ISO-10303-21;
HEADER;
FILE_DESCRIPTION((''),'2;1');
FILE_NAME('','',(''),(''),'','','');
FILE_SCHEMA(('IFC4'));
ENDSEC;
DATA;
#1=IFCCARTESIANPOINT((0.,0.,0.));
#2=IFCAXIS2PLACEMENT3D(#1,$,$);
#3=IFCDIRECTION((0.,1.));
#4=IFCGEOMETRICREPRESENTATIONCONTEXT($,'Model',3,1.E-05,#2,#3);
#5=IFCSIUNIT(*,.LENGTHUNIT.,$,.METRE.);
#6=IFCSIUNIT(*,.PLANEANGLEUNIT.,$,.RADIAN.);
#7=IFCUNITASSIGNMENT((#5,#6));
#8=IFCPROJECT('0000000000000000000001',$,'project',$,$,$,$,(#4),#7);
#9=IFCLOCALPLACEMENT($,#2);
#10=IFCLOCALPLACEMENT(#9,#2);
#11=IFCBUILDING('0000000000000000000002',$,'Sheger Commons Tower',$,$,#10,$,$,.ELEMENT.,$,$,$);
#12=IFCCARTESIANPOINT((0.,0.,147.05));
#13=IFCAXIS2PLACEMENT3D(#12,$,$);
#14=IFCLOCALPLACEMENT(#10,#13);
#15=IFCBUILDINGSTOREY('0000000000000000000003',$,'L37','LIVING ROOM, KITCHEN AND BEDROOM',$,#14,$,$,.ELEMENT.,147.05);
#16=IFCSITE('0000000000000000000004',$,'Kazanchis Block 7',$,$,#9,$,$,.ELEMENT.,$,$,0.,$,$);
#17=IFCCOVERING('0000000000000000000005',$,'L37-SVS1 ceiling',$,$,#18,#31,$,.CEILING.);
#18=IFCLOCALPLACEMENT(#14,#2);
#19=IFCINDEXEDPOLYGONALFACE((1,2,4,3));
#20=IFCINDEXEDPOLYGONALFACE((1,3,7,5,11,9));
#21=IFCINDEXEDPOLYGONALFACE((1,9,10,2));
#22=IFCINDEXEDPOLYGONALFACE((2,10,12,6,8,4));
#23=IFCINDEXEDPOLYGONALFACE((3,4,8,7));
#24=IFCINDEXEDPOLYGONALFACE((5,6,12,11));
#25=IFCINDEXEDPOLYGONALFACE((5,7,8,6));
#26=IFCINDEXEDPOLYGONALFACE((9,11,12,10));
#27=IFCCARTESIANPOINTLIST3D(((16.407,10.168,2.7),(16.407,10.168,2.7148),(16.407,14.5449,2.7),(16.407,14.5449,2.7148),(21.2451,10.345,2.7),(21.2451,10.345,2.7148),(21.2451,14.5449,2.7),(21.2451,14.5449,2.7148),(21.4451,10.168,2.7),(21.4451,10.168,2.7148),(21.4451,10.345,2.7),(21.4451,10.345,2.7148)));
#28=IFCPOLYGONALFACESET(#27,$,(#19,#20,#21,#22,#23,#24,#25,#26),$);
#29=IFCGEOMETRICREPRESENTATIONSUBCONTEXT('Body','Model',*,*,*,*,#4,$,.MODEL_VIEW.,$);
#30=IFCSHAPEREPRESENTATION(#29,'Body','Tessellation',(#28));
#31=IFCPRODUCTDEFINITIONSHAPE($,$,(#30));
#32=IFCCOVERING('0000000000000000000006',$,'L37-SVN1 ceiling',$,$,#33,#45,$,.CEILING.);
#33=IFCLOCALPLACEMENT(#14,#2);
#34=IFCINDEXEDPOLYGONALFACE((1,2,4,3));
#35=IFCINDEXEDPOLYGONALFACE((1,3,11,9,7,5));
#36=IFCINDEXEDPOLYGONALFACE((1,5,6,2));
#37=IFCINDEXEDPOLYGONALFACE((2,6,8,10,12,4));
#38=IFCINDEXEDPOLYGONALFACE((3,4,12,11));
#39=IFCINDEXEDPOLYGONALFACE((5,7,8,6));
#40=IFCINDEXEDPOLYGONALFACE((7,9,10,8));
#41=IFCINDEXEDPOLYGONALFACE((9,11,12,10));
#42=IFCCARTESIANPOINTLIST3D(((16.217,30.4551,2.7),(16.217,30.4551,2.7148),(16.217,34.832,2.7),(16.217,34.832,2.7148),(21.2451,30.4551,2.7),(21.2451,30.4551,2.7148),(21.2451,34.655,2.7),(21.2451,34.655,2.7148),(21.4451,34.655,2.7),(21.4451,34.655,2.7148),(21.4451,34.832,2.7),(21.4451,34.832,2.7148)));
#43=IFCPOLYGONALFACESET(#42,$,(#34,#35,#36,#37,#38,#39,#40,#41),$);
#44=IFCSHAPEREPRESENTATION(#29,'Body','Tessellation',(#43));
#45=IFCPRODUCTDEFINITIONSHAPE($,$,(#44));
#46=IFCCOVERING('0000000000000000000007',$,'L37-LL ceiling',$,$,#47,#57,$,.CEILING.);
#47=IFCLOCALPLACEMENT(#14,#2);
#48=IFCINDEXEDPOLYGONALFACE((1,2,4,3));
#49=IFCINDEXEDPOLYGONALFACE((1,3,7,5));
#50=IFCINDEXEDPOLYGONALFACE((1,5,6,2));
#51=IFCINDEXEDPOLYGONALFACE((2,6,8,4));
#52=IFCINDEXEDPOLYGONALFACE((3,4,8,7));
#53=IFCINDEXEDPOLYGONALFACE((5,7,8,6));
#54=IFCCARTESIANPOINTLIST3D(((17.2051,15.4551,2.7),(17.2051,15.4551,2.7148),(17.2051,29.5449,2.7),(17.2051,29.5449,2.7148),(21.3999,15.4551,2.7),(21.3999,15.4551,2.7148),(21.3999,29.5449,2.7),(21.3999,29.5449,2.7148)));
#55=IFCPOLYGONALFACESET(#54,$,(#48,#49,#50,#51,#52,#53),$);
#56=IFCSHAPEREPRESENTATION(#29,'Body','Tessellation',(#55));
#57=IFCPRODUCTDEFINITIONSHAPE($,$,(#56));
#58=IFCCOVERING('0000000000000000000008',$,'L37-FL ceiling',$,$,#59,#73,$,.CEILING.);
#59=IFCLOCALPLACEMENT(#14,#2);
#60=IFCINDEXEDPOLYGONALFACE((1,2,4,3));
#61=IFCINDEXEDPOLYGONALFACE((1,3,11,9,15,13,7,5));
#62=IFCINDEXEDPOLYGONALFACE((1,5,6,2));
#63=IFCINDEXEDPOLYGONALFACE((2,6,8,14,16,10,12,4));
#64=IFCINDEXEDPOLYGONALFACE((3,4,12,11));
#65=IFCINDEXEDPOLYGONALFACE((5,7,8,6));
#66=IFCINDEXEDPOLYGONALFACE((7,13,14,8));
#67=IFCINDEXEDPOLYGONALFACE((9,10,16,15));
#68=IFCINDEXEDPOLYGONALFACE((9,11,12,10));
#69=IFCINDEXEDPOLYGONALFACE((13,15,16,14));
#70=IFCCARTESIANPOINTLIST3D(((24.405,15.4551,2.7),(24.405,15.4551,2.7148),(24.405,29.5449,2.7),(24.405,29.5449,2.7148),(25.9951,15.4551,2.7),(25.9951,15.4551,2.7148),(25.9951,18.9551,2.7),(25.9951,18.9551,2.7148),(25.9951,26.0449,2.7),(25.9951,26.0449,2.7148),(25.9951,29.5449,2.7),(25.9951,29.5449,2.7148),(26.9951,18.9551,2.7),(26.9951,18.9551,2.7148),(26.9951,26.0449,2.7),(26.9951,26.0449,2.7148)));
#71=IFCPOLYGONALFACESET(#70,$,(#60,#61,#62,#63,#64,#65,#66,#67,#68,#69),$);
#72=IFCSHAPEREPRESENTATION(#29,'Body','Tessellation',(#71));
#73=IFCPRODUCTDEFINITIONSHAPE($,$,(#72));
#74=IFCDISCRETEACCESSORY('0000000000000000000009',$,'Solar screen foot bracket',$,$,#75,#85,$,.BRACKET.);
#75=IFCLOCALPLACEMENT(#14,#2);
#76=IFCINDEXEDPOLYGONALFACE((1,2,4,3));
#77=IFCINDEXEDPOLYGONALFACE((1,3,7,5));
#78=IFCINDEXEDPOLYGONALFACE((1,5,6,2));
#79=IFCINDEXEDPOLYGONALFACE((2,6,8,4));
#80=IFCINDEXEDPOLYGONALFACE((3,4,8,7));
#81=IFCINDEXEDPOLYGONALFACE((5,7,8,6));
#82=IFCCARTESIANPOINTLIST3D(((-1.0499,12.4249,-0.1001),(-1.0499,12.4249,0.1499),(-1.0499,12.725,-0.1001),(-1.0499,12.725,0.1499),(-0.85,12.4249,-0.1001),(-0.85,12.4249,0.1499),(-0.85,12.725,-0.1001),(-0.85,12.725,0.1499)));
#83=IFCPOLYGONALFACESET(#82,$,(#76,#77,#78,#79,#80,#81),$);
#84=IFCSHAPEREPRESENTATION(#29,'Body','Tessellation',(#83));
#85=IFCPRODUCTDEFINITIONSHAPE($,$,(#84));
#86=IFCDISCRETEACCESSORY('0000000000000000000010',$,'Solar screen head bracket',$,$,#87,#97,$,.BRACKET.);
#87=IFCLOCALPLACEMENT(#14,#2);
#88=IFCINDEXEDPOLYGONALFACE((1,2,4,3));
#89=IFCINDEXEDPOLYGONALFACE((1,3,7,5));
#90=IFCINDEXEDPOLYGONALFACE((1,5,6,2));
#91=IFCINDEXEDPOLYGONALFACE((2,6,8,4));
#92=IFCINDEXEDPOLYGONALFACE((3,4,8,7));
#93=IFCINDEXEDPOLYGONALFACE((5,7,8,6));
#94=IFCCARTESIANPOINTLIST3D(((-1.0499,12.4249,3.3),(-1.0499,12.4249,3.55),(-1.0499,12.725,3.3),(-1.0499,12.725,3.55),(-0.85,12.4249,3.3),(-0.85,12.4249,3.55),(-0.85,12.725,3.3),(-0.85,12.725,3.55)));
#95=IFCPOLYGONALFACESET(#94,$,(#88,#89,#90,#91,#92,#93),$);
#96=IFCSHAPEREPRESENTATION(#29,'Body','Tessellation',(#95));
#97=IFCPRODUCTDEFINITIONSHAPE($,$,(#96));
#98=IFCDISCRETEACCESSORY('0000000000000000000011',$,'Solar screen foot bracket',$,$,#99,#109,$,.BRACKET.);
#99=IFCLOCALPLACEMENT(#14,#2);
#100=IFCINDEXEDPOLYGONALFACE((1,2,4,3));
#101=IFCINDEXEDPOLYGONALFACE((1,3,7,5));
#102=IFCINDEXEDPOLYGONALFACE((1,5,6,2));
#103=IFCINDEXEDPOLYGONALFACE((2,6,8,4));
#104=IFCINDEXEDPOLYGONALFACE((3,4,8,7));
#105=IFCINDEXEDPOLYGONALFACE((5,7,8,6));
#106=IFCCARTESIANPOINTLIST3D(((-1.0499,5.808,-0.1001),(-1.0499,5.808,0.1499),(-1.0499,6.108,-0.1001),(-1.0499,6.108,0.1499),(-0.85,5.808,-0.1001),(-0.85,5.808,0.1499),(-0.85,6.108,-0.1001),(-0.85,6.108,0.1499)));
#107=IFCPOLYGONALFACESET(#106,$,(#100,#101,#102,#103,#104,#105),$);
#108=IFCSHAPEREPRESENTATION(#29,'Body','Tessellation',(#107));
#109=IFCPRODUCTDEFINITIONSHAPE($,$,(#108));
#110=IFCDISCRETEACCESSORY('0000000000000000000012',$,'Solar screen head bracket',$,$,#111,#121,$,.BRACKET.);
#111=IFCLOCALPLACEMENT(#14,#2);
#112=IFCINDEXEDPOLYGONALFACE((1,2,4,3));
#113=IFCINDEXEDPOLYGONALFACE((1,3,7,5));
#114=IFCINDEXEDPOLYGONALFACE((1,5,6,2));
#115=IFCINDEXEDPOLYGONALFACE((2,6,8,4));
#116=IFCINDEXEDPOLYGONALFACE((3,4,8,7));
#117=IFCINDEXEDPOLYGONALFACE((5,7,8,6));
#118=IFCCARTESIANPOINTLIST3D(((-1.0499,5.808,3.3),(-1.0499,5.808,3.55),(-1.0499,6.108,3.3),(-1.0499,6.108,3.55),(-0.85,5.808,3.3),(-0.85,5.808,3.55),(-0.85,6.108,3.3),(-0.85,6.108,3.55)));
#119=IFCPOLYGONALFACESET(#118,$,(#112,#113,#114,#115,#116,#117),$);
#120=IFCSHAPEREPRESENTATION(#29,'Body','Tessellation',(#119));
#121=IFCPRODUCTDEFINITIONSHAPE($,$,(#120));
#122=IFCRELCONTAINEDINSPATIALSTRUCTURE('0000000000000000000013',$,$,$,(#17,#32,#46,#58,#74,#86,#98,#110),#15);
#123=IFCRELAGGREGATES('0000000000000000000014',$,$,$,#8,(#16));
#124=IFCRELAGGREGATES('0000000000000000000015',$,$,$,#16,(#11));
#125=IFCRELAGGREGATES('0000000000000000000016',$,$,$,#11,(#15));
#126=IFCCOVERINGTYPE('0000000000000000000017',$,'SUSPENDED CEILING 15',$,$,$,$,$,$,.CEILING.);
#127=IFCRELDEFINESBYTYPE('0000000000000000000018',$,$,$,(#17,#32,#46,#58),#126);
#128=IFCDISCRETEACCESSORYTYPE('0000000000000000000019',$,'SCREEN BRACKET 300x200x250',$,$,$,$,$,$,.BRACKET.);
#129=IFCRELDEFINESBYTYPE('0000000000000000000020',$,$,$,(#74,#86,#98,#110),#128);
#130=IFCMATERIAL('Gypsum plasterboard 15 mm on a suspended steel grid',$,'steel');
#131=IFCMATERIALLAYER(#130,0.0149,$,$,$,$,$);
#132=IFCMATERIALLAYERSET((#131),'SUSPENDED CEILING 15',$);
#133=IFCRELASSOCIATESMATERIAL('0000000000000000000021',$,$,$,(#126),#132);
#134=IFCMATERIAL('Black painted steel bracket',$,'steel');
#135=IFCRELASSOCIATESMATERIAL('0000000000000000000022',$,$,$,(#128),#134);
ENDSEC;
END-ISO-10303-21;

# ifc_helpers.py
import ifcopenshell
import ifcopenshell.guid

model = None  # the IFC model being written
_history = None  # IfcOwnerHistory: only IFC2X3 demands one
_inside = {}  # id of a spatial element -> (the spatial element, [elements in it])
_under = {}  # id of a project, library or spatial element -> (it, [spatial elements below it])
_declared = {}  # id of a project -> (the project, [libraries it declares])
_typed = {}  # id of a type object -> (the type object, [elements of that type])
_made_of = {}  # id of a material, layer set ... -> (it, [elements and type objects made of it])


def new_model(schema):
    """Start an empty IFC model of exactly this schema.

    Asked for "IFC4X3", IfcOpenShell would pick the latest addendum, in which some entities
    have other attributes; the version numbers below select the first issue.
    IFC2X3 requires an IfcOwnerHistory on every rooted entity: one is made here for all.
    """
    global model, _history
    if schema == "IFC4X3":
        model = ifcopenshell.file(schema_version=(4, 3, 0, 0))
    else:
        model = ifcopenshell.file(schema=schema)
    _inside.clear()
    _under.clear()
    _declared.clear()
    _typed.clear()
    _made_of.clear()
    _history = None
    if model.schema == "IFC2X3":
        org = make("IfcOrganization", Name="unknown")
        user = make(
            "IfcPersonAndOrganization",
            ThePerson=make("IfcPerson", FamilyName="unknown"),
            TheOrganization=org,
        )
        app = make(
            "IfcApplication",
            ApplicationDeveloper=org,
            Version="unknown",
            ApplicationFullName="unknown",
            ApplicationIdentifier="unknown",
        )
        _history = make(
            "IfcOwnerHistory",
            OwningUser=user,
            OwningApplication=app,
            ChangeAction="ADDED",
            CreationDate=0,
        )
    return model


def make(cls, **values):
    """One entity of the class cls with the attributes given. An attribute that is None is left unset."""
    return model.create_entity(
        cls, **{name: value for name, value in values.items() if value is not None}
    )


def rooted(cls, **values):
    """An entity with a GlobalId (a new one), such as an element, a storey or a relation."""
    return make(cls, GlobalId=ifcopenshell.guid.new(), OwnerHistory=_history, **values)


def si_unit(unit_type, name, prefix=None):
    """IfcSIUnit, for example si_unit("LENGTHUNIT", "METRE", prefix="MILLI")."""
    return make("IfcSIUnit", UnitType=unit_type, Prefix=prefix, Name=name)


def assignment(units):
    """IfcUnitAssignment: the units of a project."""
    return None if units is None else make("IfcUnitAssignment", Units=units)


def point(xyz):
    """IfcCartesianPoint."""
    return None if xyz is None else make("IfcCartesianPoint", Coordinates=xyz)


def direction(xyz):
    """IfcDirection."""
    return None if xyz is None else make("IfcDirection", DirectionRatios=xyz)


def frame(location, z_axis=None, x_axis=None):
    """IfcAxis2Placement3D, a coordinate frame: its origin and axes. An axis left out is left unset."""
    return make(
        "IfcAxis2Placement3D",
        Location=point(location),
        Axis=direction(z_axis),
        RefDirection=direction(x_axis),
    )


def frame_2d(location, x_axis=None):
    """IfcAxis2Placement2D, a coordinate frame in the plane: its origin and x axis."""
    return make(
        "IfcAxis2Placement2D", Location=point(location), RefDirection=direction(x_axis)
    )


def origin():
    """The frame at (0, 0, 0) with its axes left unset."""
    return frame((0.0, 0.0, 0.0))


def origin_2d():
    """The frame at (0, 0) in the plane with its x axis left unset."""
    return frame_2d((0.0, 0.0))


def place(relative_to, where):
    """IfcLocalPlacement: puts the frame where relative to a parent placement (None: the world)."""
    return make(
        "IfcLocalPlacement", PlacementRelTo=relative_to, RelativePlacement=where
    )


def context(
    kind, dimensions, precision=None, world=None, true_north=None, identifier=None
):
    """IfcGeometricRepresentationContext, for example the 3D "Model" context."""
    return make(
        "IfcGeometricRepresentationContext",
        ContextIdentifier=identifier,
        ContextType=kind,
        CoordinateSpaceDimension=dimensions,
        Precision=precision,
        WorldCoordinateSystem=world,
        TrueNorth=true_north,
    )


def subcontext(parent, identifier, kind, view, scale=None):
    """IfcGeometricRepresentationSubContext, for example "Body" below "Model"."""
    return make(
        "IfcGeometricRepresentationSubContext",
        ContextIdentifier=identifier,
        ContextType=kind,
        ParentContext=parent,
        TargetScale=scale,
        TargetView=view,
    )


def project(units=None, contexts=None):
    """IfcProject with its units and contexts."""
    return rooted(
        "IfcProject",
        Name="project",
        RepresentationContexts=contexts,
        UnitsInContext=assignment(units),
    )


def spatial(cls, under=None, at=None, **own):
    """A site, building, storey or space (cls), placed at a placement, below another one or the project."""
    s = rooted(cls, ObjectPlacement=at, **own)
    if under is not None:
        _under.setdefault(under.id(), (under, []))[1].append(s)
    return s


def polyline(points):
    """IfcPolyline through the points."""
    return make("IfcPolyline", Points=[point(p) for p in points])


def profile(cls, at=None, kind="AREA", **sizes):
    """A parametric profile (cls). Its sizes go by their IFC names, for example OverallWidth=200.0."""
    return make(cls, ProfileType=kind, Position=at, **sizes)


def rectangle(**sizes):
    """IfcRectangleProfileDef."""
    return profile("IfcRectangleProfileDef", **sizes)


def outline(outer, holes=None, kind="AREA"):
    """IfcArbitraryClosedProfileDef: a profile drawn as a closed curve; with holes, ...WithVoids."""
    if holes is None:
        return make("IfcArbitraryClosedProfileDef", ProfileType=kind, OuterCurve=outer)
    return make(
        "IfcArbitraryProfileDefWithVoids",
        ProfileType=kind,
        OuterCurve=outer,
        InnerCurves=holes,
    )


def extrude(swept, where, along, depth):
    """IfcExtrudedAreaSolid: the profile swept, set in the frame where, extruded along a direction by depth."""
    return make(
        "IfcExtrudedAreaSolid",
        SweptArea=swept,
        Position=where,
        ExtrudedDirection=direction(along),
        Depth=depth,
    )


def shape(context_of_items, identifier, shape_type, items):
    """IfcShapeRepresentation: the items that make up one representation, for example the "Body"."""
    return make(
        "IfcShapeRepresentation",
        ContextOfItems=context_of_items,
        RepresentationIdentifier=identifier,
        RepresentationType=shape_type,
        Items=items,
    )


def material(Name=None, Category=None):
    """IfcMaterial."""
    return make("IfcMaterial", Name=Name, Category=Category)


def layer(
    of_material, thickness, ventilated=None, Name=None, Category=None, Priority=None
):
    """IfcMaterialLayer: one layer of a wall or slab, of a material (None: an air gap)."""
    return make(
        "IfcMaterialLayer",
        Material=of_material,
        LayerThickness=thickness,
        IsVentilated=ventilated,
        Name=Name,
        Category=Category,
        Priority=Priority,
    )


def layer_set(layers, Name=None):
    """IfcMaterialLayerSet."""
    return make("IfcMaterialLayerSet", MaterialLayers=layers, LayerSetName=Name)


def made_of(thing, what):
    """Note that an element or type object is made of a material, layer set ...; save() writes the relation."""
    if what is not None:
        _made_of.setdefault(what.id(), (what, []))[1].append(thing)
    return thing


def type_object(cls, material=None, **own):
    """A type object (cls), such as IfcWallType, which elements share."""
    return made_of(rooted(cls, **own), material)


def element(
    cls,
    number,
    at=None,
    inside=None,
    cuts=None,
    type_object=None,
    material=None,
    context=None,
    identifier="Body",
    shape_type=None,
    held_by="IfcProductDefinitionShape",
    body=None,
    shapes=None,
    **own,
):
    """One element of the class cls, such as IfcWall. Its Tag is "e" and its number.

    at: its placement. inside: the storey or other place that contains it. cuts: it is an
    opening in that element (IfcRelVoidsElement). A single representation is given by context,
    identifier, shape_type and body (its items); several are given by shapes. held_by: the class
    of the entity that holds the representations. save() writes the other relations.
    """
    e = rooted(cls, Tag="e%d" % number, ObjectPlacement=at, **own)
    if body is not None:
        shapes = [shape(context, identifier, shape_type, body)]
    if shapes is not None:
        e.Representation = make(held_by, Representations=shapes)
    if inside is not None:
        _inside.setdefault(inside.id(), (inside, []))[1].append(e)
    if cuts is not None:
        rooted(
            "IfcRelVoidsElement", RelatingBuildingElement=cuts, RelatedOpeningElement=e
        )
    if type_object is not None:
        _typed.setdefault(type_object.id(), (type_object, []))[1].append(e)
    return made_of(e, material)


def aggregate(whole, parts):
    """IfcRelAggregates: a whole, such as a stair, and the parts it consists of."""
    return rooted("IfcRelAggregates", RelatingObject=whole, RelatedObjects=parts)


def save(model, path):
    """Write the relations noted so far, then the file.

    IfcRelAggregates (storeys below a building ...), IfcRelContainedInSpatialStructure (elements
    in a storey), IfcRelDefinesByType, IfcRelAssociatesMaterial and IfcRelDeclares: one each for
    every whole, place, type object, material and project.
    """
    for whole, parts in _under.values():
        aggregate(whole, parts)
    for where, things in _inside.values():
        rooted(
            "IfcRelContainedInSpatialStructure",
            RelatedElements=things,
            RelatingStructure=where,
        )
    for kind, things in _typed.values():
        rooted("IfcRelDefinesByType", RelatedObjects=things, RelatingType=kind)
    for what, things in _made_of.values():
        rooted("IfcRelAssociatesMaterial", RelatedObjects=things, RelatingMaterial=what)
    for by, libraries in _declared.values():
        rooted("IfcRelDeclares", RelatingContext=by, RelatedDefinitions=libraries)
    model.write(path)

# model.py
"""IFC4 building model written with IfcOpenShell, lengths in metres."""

from ifc_helpers import new_model, si_unit, direction, frame, origin, origin_2d, place, context, subcontext, project, spatial, polyline, rectangle, outline, extrude, material, layer, layer_set, type_object, element, save


model = new_model("IFC4")

# Units and contexts
model_context = context("Model", 3, precision=1e-05, world=origin(), true_north=direction((0.0, 1.0)))
body_context = subcontext(model_context, "Body", "Model", "MODEL_VIEW")
ifc_project = project(units=[si_unit("LENGTHUNIT", "METRE"), si_unit("PLANEANGLEUNIT", "RADIAN")], contexts=[model_context])

# Site, building, storey
site_placement = place(None, origin())
site = spatial("IfcSite", under=ifc_project, at=site_placement, Name="Kazanchis Block 7", CompositionType="ELEMENT", RefElevation=0.0)
building_placement = place(site_placement, origin())
building = spatial("IfcBuilding", under=site, at=building_placement, Name="Sheger Commons Tower", CompositionType="ELEMENT")
storey_placement = place(building_placement, frame((0.0, 0.0, 147.05)))
storey = spatial("IfcBuildingStorey", under=building, at=storey_placement, Name="L37", Description="LIVING ROOM, KITCHEN AND BEDROOM", CompositionType="ELEMENT", Elevation=147.05)

# Coverings
ifc_material_1 = material(Name="Gypsum plasterboard 15 mm on a suspended steel grid", Category="steel")
ifc_layer_1 = layer(ifc_material_1, 0.0149)
ifc_layer_set_1 = layer_set([ifc_layer_1], Name="SUSPENDED CEILING 15")
covering_type_1 = type_object("IfcCoveringType", Name="SUSPENDED CEILING 15", PredefinedType="CEILING", material=ifc_layer_set_1)
covering_1_placement = place(storey_placement, frame((0.0, 0.0, 2.7)))
element("IfcCovering", 1, at=covering_1_placement, inside=storey, type_object=covering_type_1, Name="L37-SVS1 ceiling", PredefinedType="CEILING", context=body_context, shape_type="SweptSolid", body=[
    extrude(outline(polyline([(16.407, 10.168), (21.4451, 10.168), (21.4451, 10.345), (21.2451, 10.345), (21.2451, 14.5449), (16.407, 14.5449), (16.407, 10.168)])), origin(), (0.0, 0.0, 1.0), 0.0149),
])
covering_2_placement = place(storey_placement, frame((0.0, 0.0, 2.7)))
element("IfcCovering", 2, at=covering_2_placement, inside=storey, type_object=covering_type_1, Name="L37-SVN1 ceiling", PredefinedType="CEILING", context=body_context, shape_type="SweptSolid", body=[
    extrude(outline(polyline([(16.217, 30.4551), (21.2451, 30.4551), (21.2451, 34.655), (21.4451, 34.655), (21.4451, 34.832), (16.217, 34.832), (16.217, 30.4551)])), origin(), (0.0, 0.0, 1.0), 0.0149),
])
covering_3_placement = place(storey_placement, frame((0.0, 0.0, 2.7)))
element("IfcCovering", 3, at=covering_3_placement, inside=storey, type_object=covering_type_1, Name="L37-LL ceiling", PredefinedType="CEILING", context=body_context, shape_type="SweptSolid", body=[
    extrude(outline(polyline([(17.2051, 15.4551), (21.3999, 15.4551), (21.3999, 29.5449), (17.2051, 29.5449), (17.2051, 15.4551)])), origin(), (0.0, 0.0, 1.0), 0.0149),
])
covering_4_placement = place(storey_placement, frame((0.0, 0.0, 2.7)))
element("IfcCovering", 4, at=covering_4_placement, inside=storey, type_object=covering_type_1, Name="L37-FL ceiling", PredefinedType="CEILING", context=body_context, shape_type="SweptSolid", body=[
    extrude(outline(polyline([(24.405, 15.4551), (25.9951, 15.4551), (25.9951, 18.9551), (26.9951, 18.9551), (26.9951, 26.0449), (25.9951, 26.0449), (25.9951, 29.5449), (24.405, 29.5449), (24.405, 15.4551)])), origin(), (0.0, 0.0, 1.0), 0.0149),
])

# Discrete accessories
ifc_material_2 = material(Name="Black painted steel bracket", Category="steel")
discrete_accessory_type = type_object("IfcDiscreteAccessoryType", Name="SCREEN BRACKET 300x200x250", PredefinedType="BRACKET", material=ifc_material_2)
for number, where, z_axis, x_axis, name in (
    (5, (-0.95, 12.575, -0.1001), (0.0, 0.0, 1.0), (0.0, -1.0, 0.0), "Solar screen foot bracket"),
    (6, (-0.95, 12.575, 3.3), (0.0, 0.0, 1.0), (0.0, -1.0, 0.0), "Solar screen head bracket"),
    (7, (-0.95, 5.958, -0.1001), (0.0, 0.0, 1.0), (0.0, -1.0, 0.0), "Solar screen foot bracket"),
    (8, (-0.95, 5.958, 3.3), (0.0, 0.0, 1.0), (0.0, -1.0, 0.0), "Solar screen head bracket"),
):
    element("IfcDiscreteAccessory", number, at=place(storey_placement, frame(where, z_axis=z_axis, x_axis=x_axis)), inside=storey, type_object=discrete_accessory_type, Name=name, PredefinedType="BRACKET", context=body_context, shape_type="SweptSolid", body=[
        extrude(rectangle(XDim=0.3, YDim=0.2, at=origin_2d()), origin(), (0.0, 0.0, 1.0), 0.25),
    ])

save(model, "model.ifc")
